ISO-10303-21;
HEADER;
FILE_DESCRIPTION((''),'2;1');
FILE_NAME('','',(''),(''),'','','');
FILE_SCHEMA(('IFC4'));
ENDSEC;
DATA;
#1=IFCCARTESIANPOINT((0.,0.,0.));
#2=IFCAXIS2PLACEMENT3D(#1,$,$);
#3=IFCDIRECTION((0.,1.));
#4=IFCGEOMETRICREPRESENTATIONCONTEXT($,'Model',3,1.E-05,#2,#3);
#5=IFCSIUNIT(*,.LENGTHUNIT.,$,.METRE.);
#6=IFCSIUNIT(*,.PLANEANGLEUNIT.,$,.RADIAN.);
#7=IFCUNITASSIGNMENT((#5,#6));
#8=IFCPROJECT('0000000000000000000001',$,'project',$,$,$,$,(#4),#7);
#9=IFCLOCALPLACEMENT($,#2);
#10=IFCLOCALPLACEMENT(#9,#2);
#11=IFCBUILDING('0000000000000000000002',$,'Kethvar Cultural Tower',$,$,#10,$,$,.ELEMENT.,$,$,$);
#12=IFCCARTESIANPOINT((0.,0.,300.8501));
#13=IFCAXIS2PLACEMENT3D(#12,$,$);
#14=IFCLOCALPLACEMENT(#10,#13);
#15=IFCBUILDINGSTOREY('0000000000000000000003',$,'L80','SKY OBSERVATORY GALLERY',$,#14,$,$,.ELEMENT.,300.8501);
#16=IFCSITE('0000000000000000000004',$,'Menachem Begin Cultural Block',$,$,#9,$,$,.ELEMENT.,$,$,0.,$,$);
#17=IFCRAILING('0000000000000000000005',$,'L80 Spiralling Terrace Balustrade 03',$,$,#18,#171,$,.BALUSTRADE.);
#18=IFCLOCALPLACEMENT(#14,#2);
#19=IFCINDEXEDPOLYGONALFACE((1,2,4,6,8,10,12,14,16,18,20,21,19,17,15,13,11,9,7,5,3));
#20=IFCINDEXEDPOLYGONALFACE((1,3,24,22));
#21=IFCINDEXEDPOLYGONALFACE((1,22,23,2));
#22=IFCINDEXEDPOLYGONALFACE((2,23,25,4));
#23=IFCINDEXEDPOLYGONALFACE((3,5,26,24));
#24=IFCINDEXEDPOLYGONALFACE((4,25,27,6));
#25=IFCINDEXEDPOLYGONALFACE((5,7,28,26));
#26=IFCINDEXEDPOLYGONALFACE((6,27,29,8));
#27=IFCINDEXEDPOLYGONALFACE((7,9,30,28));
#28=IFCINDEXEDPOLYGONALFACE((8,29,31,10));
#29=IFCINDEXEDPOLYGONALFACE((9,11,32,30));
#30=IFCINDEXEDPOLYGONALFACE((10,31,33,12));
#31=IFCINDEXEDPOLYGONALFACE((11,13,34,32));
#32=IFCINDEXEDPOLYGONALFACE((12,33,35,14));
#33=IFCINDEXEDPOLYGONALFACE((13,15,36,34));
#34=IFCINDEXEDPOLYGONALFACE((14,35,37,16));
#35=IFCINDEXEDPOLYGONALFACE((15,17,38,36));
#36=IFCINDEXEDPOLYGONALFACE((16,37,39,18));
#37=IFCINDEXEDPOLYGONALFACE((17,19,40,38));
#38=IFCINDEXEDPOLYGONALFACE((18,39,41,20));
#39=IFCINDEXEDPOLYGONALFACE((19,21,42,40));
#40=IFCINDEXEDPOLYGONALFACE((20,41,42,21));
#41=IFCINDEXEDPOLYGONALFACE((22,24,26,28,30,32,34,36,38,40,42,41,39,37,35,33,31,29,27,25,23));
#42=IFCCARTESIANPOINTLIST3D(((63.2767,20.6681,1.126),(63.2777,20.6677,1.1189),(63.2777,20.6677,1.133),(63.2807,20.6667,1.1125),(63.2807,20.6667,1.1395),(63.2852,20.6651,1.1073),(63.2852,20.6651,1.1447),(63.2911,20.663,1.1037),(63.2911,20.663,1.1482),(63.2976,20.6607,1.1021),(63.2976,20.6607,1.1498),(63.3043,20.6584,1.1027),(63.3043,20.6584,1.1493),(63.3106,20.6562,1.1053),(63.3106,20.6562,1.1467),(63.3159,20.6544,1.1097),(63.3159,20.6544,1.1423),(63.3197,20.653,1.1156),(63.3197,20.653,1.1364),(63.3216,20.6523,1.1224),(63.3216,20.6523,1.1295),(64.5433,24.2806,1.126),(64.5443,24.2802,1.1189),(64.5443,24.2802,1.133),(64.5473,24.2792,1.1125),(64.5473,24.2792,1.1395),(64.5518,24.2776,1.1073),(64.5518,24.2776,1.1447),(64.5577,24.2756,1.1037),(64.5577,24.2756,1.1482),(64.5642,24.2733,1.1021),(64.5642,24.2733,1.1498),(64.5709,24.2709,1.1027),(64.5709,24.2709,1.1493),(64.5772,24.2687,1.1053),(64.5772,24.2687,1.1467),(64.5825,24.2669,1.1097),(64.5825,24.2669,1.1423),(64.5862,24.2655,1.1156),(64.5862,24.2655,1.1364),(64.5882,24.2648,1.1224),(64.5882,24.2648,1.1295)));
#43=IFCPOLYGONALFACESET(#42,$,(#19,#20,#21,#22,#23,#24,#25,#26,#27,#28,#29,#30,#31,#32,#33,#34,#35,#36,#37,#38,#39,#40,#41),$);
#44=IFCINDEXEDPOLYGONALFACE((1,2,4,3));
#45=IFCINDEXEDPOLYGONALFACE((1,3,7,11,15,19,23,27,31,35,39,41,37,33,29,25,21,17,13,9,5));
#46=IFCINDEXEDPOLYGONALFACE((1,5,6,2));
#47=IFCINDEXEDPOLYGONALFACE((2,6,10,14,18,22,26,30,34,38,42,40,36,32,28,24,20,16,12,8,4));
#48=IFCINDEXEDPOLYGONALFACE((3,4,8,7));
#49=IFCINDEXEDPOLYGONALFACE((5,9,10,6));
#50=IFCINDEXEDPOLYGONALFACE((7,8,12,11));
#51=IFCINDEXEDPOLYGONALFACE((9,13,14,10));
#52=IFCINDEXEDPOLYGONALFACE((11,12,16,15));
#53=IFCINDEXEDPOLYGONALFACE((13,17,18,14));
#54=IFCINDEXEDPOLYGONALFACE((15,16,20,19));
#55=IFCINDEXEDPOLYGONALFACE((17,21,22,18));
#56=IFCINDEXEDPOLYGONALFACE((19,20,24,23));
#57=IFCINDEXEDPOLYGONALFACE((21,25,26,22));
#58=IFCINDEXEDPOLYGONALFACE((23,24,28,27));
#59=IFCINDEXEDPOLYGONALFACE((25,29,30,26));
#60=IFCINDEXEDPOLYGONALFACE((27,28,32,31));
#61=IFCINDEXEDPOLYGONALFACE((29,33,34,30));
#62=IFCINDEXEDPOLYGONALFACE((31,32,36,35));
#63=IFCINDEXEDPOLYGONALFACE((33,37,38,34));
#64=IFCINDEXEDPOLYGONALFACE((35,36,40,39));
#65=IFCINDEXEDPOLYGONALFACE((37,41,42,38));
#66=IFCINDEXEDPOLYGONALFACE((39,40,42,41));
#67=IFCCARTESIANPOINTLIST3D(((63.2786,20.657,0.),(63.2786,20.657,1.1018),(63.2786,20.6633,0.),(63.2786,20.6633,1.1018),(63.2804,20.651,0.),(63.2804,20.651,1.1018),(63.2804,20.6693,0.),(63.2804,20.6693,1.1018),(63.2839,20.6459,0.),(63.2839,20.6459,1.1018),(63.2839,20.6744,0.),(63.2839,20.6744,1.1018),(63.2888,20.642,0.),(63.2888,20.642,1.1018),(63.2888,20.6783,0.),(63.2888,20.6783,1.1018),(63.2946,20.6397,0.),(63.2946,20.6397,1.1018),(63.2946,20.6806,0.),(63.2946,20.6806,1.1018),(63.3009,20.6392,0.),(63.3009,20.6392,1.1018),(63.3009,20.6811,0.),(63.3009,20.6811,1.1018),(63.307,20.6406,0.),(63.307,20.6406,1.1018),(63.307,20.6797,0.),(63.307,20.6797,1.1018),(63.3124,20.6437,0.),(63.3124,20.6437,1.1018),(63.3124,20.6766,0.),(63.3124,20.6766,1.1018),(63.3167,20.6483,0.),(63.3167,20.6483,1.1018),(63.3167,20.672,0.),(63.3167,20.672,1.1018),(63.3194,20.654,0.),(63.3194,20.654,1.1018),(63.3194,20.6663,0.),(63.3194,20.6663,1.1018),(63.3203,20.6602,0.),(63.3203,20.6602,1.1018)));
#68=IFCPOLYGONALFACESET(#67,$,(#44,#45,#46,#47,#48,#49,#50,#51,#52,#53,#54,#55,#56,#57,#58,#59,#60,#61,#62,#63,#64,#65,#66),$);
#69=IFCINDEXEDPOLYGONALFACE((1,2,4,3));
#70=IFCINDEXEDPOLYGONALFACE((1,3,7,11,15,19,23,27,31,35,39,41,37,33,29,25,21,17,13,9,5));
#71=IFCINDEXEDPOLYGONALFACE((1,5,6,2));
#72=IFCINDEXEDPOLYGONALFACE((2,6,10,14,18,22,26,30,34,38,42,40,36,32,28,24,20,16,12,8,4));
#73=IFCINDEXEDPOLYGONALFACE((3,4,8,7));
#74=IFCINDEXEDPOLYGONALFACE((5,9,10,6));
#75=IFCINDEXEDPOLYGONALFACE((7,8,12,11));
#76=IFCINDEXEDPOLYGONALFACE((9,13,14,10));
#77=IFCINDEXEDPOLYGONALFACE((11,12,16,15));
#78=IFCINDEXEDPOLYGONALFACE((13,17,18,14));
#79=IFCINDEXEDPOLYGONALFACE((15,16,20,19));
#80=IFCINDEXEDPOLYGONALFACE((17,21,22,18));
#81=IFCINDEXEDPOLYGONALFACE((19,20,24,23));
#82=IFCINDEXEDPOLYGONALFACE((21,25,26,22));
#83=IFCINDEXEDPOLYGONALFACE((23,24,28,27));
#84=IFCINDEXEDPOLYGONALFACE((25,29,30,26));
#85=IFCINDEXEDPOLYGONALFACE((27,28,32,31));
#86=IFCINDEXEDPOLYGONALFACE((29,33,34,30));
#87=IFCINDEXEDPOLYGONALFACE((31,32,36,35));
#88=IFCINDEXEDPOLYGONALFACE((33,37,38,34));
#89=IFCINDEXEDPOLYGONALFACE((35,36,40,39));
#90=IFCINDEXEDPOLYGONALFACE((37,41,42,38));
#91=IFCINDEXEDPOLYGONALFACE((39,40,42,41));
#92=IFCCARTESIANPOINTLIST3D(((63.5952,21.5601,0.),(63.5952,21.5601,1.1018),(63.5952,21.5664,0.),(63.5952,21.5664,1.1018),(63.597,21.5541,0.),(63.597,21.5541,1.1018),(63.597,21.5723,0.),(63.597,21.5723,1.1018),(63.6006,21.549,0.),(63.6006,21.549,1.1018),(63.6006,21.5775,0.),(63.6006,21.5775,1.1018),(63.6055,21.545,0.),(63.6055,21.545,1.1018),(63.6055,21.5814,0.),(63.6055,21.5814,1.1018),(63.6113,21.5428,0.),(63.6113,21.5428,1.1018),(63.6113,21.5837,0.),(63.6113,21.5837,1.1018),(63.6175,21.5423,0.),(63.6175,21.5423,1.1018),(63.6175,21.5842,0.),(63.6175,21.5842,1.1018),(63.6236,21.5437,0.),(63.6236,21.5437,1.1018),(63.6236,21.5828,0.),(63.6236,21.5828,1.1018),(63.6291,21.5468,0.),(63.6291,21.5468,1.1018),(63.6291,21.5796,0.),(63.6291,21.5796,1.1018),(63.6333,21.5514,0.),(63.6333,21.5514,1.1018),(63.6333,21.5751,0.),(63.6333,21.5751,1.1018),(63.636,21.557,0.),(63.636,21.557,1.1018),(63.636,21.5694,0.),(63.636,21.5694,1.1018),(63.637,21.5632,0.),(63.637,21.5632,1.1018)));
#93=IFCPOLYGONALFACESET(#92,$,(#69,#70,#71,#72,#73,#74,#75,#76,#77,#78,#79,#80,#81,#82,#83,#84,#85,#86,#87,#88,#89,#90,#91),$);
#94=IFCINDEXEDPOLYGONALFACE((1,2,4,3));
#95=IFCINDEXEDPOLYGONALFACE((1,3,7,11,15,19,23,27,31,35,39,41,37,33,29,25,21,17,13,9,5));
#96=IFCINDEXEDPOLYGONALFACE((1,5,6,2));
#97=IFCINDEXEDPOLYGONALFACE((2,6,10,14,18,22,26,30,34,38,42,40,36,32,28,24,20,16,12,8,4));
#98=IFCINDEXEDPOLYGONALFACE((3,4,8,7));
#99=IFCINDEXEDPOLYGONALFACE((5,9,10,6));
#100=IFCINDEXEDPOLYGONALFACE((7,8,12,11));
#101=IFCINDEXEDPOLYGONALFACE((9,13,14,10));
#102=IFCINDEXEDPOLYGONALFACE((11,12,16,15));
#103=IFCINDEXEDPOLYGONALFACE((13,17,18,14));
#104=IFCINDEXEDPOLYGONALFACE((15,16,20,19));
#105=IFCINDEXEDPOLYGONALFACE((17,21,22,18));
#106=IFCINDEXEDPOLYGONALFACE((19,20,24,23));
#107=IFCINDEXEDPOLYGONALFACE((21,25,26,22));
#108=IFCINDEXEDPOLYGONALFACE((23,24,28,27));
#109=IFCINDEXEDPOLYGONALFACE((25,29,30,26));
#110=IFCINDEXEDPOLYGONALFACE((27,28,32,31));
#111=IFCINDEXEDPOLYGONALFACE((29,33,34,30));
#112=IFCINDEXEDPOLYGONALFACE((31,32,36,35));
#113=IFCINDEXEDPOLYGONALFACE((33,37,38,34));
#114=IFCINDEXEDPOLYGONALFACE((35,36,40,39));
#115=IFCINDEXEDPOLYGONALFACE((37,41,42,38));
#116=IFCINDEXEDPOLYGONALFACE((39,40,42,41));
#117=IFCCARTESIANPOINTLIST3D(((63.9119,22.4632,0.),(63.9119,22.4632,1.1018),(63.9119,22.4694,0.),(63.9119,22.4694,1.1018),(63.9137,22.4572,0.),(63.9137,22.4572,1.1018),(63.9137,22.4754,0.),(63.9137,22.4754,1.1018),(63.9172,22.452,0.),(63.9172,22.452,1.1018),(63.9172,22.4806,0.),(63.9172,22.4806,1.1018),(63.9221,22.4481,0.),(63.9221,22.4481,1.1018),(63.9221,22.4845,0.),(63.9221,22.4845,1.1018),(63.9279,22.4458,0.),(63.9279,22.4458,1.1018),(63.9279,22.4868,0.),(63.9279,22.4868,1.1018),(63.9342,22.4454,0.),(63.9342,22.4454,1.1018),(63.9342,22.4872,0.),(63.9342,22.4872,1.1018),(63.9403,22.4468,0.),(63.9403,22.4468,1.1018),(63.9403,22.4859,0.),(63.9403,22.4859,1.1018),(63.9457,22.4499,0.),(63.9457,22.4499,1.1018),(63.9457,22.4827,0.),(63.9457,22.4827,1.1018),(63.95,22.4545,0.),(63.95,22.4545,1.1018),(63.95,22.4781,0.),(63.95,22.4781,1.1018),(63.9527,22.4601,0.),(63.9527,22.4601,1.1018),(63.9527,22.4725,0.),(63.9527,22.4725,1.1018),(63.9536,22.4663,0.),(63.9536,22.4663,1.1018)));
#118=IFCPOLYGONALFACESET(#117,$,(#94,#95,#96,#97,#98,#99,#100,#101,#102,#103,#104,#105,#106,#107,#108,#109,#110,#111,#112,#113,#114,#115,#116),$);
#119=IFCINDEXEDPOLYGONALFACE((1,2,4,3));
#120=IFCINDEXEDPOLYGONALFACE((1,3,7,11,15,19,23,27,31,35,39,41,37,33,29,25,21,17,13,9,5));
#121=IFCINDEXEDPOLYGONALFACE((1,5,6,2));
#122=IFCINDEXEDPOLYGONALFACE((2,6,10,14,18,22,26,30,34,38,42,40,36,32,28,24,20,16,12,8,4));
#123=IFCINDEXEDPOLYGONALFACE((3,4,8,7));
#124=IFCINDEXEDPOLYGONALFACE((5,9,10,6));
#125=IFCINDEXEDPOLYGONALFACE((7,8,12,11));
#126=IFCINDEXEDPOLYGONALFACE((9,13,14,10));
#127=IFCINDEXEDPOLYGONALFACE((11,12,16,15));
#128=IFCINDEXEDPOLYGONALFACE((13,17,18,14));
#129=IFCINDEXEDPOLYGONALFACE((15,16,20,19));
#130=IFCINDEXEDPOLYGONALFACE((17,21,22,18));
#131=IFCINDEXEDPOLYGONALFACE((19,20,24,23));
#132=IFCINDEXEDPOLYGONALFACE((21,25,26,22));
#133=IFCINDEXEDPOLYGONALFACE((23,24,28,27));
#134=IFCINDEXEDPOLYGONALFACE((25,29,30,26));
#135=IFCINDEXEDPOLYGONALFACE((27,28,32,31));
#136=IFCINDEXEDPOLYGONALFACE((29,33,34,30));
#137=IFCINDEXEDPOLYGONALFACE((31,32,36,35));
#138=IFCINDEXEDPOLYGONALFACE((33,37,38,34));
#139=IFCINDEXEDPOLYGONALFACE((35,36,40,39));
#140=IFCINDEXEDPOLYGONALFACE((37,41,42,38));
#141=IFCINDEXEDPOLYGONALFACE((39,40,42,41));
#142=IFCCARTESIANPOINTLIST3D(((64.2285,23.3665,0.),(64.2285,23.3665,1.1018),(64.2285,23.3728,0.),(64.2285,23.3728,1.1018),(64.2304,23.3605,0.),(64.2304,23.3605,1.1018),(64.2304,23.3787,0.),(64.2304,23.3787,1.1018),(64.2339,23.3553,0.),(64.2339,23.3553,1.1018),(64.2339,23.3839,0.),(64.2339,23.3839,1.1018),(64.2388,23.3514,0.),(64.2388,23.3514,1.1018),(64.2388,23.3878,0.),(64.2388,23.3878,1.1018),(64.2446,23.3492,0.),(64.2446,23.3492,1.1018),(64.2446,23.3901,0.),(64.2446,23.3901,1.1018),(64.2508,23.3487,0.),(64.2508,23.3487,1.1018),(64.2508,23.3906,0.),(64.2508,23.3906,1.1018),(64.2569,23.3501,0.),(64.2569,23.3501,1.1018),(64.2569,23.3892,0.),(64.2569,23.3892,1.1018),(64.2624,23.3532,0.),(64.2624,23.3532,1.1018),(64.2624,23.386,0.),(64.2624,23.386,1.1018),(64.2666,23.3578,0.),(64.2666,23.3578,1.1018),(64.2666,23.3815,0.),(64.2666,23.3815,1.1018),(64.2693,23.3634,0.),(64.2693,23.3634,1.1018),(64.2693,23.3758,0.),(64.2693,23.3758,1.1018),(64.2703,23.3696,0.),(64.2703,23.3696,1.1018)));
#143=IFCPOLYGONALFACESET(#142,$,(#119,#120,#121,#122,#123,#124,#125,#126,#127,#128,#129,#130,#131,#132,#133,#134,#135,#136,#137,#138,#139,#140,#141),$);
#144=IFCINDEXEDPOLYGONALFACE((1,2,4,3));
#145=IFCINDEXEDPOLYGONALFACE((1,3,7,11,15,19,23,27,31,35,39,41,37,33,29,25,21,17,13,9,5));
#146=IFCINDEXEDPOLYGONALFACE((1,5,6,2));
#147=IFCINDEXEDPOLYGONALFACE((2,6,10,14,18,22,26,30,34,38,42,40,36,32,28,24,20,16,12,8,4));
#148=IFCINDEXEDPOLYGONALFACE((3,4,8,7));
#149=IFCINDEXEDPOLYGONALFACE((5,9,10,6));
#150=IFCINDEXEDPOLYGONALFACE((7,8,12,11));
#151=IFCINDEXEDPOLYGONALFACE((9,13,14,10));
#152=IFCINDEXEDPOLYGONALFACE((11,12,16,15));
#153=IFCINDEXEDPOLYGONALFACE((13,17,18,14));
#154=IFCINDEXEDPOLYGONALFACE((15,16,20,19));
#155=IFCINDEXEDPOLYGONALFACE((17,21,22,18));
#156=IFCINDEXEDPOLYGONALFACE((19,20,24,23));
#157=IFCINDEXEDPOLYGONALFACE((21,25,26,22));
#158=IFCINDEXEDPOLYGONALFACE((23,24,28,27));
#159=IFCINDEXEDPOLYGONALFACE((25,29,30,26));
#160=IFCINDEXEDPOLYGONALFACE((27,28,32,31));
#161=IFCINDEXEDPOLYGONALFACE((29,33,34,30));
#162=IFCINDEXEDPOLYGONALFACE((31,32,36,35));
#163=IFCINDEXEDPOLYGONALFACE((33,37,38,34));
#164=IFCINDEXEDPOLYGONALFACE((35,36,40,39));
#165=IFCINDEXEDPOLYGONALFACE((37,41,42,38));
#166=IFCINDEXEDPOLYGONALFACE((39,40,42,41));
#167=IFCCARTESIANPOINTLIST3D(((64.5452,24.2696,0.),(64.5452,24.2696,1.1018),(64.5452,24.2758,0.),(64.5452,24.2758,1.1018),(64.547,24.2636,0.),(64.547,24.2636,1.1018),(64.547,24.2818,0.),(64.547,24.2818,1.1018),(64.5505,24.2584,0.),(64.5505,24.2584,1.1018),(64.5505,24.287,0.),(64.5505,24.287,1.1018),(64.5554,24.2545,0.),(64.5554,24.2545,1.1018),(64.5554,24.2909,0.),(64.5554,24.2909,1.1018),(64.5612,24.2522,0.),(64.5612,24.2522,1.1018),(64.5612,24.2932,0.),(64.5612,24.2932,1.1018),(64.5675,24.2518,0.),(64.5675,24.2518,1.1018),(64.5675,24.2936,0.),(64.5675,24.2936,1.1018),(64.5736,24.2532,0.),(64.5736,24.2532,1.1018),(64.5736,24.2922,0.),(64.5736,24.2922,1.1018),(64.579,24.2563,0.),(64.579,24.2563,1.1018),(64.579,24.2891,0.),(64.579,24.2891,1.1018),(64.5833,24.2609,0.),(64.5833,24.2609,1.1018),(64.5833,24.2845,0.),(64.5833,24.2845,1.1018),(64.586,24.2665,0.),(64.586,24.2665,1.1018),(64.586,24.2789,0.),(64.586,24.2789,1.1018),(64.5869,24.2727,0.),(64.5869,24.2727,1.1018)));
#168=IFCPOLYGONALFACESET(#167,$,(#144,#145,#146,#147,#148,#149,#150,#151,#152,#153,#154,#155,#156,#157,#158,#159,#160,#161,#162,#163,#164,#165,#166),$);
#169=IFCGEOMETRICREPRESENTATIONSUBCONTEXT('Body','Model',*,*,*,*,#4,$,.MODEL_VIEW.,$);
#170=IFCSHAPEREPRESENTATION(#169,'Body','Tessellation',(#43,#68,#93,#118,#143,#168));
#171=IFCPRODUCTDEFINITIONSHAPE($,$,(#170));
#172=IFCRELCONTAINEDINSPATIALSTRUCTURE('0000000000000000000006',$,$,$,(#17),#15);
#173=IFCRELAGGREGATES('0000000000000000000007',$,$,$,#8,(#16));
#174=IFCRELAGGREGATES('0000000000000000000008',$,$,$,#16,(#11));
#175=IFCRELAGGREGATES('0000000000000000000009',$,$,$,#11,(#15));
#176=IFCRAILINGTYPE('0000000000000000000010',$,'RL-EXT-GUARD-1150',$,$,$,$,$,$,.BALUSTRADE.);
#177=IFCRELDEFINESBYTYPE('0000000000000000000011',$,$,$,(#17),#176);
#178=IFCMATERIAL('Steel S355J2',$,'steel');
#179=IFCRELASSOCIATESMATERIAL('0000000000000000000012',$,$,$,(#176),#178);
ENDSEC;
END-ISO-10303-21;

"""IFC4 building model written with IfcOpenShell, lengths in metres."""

from ifc_helpers import new_model, si_unit, direction, frame, origin, origin_2d, place, context, subcontext, project, spatial, circle, extrude, material, type_object, element, save


model = new_model("IFC4")

# Units and contexts
model_context = context("Model", 3, precision=1e-05, world=origin(), true_north=direction((0.0, 1.0)))
body_context = subcontext(model_context, "Body", "Model", "MODEL_VIEW")
ifc_project = project(units=[si_unit("LENGTHUNIT", "METRE"), si_unit("PLANEANGLEUNIT", "RADIAN")], contexts=[model_context])

# Site, building, storey
site_placement = place(None, origin())
site = spatial("IfcSite", under=ifc_project, at=site_placement, Name="Menachem Begin Cultural Block", CompositionType="ELEMENT", RefElevation=0.0)
building_placement = place(site_placement, origin())
building = spatial("IfcBuilding", under=site, at=building_placement, Name="Kethvar Cultural Tower", CompositionType="ELEMENT")
storey_placement = place(building_placement, frame((0.0, 0.0, 300.8501)))
storey = spatial("IfcBuildingStorey", under=building, at=storey_placement, Name="L80", Description="SKY OBSERVATORY GALLERY", CompositionType="ELEMENT", Elevation=300.8501)

# Shared definitions
ifc_material_1 = material(Name="Steel S355J2", Category="steel")

# Railing
railing_type = type_object("IfcRailingType", Name="RL-EXT-GUARD-1150", PredefinedType="BALUSTRADE", material=ifc_material_1)
railing_1_placement = place(storey_placement, frame((63.2993, 20.6602, 0.0)))
element("IfcRailing", 1, at=railing_1_placement, inside=storey, type_object=railing_type, Name="L80 Spiralling Terrace Balustrade 03", PredefinedType="BALUSTRADE", context=body_context, shape_type="SweptSolid", body=[
    extrude(circle(Radius=0.0239, at=origin_2d()), frame((0.0, 0.0, 1.126), z_axis=(0.330865, 0.943678, 0.0), x_axis=(-0.943678, 0.330865, 0.0)), (0.0, 0.0, 1.0), 3.8281),
    extrude(circle(Radius=0.021, at=origin_2d()), origin(), (0.0, 0.0, 1.0), 1.1018),
    extrude(circle(Radius=0.021, at=origin_2d()), frame((0.3167, 0.9031, 0.0)), (0.0, 0.0, 1.0), 1.1018),
    extrude(circle(Radius=0.021, at=origin_2d()), frame((0.6333, 1.8062, 0.0)), (0.0, 0.0, 1.0), 1.1018),
    extrude(circle(Radius=0.021, at=origin_2d()), frame((0.95, 2.7095, 0.0)), (0.0, 0.0, 1.0), 1.1018),
    extrude(circle(Radius=0.021, at=origin_2d()), frame((1.2666, 3.6125, 0.0)), (0.0, 0.0, 1.0), 1.1018),
])

save(model, "model.ifc")
